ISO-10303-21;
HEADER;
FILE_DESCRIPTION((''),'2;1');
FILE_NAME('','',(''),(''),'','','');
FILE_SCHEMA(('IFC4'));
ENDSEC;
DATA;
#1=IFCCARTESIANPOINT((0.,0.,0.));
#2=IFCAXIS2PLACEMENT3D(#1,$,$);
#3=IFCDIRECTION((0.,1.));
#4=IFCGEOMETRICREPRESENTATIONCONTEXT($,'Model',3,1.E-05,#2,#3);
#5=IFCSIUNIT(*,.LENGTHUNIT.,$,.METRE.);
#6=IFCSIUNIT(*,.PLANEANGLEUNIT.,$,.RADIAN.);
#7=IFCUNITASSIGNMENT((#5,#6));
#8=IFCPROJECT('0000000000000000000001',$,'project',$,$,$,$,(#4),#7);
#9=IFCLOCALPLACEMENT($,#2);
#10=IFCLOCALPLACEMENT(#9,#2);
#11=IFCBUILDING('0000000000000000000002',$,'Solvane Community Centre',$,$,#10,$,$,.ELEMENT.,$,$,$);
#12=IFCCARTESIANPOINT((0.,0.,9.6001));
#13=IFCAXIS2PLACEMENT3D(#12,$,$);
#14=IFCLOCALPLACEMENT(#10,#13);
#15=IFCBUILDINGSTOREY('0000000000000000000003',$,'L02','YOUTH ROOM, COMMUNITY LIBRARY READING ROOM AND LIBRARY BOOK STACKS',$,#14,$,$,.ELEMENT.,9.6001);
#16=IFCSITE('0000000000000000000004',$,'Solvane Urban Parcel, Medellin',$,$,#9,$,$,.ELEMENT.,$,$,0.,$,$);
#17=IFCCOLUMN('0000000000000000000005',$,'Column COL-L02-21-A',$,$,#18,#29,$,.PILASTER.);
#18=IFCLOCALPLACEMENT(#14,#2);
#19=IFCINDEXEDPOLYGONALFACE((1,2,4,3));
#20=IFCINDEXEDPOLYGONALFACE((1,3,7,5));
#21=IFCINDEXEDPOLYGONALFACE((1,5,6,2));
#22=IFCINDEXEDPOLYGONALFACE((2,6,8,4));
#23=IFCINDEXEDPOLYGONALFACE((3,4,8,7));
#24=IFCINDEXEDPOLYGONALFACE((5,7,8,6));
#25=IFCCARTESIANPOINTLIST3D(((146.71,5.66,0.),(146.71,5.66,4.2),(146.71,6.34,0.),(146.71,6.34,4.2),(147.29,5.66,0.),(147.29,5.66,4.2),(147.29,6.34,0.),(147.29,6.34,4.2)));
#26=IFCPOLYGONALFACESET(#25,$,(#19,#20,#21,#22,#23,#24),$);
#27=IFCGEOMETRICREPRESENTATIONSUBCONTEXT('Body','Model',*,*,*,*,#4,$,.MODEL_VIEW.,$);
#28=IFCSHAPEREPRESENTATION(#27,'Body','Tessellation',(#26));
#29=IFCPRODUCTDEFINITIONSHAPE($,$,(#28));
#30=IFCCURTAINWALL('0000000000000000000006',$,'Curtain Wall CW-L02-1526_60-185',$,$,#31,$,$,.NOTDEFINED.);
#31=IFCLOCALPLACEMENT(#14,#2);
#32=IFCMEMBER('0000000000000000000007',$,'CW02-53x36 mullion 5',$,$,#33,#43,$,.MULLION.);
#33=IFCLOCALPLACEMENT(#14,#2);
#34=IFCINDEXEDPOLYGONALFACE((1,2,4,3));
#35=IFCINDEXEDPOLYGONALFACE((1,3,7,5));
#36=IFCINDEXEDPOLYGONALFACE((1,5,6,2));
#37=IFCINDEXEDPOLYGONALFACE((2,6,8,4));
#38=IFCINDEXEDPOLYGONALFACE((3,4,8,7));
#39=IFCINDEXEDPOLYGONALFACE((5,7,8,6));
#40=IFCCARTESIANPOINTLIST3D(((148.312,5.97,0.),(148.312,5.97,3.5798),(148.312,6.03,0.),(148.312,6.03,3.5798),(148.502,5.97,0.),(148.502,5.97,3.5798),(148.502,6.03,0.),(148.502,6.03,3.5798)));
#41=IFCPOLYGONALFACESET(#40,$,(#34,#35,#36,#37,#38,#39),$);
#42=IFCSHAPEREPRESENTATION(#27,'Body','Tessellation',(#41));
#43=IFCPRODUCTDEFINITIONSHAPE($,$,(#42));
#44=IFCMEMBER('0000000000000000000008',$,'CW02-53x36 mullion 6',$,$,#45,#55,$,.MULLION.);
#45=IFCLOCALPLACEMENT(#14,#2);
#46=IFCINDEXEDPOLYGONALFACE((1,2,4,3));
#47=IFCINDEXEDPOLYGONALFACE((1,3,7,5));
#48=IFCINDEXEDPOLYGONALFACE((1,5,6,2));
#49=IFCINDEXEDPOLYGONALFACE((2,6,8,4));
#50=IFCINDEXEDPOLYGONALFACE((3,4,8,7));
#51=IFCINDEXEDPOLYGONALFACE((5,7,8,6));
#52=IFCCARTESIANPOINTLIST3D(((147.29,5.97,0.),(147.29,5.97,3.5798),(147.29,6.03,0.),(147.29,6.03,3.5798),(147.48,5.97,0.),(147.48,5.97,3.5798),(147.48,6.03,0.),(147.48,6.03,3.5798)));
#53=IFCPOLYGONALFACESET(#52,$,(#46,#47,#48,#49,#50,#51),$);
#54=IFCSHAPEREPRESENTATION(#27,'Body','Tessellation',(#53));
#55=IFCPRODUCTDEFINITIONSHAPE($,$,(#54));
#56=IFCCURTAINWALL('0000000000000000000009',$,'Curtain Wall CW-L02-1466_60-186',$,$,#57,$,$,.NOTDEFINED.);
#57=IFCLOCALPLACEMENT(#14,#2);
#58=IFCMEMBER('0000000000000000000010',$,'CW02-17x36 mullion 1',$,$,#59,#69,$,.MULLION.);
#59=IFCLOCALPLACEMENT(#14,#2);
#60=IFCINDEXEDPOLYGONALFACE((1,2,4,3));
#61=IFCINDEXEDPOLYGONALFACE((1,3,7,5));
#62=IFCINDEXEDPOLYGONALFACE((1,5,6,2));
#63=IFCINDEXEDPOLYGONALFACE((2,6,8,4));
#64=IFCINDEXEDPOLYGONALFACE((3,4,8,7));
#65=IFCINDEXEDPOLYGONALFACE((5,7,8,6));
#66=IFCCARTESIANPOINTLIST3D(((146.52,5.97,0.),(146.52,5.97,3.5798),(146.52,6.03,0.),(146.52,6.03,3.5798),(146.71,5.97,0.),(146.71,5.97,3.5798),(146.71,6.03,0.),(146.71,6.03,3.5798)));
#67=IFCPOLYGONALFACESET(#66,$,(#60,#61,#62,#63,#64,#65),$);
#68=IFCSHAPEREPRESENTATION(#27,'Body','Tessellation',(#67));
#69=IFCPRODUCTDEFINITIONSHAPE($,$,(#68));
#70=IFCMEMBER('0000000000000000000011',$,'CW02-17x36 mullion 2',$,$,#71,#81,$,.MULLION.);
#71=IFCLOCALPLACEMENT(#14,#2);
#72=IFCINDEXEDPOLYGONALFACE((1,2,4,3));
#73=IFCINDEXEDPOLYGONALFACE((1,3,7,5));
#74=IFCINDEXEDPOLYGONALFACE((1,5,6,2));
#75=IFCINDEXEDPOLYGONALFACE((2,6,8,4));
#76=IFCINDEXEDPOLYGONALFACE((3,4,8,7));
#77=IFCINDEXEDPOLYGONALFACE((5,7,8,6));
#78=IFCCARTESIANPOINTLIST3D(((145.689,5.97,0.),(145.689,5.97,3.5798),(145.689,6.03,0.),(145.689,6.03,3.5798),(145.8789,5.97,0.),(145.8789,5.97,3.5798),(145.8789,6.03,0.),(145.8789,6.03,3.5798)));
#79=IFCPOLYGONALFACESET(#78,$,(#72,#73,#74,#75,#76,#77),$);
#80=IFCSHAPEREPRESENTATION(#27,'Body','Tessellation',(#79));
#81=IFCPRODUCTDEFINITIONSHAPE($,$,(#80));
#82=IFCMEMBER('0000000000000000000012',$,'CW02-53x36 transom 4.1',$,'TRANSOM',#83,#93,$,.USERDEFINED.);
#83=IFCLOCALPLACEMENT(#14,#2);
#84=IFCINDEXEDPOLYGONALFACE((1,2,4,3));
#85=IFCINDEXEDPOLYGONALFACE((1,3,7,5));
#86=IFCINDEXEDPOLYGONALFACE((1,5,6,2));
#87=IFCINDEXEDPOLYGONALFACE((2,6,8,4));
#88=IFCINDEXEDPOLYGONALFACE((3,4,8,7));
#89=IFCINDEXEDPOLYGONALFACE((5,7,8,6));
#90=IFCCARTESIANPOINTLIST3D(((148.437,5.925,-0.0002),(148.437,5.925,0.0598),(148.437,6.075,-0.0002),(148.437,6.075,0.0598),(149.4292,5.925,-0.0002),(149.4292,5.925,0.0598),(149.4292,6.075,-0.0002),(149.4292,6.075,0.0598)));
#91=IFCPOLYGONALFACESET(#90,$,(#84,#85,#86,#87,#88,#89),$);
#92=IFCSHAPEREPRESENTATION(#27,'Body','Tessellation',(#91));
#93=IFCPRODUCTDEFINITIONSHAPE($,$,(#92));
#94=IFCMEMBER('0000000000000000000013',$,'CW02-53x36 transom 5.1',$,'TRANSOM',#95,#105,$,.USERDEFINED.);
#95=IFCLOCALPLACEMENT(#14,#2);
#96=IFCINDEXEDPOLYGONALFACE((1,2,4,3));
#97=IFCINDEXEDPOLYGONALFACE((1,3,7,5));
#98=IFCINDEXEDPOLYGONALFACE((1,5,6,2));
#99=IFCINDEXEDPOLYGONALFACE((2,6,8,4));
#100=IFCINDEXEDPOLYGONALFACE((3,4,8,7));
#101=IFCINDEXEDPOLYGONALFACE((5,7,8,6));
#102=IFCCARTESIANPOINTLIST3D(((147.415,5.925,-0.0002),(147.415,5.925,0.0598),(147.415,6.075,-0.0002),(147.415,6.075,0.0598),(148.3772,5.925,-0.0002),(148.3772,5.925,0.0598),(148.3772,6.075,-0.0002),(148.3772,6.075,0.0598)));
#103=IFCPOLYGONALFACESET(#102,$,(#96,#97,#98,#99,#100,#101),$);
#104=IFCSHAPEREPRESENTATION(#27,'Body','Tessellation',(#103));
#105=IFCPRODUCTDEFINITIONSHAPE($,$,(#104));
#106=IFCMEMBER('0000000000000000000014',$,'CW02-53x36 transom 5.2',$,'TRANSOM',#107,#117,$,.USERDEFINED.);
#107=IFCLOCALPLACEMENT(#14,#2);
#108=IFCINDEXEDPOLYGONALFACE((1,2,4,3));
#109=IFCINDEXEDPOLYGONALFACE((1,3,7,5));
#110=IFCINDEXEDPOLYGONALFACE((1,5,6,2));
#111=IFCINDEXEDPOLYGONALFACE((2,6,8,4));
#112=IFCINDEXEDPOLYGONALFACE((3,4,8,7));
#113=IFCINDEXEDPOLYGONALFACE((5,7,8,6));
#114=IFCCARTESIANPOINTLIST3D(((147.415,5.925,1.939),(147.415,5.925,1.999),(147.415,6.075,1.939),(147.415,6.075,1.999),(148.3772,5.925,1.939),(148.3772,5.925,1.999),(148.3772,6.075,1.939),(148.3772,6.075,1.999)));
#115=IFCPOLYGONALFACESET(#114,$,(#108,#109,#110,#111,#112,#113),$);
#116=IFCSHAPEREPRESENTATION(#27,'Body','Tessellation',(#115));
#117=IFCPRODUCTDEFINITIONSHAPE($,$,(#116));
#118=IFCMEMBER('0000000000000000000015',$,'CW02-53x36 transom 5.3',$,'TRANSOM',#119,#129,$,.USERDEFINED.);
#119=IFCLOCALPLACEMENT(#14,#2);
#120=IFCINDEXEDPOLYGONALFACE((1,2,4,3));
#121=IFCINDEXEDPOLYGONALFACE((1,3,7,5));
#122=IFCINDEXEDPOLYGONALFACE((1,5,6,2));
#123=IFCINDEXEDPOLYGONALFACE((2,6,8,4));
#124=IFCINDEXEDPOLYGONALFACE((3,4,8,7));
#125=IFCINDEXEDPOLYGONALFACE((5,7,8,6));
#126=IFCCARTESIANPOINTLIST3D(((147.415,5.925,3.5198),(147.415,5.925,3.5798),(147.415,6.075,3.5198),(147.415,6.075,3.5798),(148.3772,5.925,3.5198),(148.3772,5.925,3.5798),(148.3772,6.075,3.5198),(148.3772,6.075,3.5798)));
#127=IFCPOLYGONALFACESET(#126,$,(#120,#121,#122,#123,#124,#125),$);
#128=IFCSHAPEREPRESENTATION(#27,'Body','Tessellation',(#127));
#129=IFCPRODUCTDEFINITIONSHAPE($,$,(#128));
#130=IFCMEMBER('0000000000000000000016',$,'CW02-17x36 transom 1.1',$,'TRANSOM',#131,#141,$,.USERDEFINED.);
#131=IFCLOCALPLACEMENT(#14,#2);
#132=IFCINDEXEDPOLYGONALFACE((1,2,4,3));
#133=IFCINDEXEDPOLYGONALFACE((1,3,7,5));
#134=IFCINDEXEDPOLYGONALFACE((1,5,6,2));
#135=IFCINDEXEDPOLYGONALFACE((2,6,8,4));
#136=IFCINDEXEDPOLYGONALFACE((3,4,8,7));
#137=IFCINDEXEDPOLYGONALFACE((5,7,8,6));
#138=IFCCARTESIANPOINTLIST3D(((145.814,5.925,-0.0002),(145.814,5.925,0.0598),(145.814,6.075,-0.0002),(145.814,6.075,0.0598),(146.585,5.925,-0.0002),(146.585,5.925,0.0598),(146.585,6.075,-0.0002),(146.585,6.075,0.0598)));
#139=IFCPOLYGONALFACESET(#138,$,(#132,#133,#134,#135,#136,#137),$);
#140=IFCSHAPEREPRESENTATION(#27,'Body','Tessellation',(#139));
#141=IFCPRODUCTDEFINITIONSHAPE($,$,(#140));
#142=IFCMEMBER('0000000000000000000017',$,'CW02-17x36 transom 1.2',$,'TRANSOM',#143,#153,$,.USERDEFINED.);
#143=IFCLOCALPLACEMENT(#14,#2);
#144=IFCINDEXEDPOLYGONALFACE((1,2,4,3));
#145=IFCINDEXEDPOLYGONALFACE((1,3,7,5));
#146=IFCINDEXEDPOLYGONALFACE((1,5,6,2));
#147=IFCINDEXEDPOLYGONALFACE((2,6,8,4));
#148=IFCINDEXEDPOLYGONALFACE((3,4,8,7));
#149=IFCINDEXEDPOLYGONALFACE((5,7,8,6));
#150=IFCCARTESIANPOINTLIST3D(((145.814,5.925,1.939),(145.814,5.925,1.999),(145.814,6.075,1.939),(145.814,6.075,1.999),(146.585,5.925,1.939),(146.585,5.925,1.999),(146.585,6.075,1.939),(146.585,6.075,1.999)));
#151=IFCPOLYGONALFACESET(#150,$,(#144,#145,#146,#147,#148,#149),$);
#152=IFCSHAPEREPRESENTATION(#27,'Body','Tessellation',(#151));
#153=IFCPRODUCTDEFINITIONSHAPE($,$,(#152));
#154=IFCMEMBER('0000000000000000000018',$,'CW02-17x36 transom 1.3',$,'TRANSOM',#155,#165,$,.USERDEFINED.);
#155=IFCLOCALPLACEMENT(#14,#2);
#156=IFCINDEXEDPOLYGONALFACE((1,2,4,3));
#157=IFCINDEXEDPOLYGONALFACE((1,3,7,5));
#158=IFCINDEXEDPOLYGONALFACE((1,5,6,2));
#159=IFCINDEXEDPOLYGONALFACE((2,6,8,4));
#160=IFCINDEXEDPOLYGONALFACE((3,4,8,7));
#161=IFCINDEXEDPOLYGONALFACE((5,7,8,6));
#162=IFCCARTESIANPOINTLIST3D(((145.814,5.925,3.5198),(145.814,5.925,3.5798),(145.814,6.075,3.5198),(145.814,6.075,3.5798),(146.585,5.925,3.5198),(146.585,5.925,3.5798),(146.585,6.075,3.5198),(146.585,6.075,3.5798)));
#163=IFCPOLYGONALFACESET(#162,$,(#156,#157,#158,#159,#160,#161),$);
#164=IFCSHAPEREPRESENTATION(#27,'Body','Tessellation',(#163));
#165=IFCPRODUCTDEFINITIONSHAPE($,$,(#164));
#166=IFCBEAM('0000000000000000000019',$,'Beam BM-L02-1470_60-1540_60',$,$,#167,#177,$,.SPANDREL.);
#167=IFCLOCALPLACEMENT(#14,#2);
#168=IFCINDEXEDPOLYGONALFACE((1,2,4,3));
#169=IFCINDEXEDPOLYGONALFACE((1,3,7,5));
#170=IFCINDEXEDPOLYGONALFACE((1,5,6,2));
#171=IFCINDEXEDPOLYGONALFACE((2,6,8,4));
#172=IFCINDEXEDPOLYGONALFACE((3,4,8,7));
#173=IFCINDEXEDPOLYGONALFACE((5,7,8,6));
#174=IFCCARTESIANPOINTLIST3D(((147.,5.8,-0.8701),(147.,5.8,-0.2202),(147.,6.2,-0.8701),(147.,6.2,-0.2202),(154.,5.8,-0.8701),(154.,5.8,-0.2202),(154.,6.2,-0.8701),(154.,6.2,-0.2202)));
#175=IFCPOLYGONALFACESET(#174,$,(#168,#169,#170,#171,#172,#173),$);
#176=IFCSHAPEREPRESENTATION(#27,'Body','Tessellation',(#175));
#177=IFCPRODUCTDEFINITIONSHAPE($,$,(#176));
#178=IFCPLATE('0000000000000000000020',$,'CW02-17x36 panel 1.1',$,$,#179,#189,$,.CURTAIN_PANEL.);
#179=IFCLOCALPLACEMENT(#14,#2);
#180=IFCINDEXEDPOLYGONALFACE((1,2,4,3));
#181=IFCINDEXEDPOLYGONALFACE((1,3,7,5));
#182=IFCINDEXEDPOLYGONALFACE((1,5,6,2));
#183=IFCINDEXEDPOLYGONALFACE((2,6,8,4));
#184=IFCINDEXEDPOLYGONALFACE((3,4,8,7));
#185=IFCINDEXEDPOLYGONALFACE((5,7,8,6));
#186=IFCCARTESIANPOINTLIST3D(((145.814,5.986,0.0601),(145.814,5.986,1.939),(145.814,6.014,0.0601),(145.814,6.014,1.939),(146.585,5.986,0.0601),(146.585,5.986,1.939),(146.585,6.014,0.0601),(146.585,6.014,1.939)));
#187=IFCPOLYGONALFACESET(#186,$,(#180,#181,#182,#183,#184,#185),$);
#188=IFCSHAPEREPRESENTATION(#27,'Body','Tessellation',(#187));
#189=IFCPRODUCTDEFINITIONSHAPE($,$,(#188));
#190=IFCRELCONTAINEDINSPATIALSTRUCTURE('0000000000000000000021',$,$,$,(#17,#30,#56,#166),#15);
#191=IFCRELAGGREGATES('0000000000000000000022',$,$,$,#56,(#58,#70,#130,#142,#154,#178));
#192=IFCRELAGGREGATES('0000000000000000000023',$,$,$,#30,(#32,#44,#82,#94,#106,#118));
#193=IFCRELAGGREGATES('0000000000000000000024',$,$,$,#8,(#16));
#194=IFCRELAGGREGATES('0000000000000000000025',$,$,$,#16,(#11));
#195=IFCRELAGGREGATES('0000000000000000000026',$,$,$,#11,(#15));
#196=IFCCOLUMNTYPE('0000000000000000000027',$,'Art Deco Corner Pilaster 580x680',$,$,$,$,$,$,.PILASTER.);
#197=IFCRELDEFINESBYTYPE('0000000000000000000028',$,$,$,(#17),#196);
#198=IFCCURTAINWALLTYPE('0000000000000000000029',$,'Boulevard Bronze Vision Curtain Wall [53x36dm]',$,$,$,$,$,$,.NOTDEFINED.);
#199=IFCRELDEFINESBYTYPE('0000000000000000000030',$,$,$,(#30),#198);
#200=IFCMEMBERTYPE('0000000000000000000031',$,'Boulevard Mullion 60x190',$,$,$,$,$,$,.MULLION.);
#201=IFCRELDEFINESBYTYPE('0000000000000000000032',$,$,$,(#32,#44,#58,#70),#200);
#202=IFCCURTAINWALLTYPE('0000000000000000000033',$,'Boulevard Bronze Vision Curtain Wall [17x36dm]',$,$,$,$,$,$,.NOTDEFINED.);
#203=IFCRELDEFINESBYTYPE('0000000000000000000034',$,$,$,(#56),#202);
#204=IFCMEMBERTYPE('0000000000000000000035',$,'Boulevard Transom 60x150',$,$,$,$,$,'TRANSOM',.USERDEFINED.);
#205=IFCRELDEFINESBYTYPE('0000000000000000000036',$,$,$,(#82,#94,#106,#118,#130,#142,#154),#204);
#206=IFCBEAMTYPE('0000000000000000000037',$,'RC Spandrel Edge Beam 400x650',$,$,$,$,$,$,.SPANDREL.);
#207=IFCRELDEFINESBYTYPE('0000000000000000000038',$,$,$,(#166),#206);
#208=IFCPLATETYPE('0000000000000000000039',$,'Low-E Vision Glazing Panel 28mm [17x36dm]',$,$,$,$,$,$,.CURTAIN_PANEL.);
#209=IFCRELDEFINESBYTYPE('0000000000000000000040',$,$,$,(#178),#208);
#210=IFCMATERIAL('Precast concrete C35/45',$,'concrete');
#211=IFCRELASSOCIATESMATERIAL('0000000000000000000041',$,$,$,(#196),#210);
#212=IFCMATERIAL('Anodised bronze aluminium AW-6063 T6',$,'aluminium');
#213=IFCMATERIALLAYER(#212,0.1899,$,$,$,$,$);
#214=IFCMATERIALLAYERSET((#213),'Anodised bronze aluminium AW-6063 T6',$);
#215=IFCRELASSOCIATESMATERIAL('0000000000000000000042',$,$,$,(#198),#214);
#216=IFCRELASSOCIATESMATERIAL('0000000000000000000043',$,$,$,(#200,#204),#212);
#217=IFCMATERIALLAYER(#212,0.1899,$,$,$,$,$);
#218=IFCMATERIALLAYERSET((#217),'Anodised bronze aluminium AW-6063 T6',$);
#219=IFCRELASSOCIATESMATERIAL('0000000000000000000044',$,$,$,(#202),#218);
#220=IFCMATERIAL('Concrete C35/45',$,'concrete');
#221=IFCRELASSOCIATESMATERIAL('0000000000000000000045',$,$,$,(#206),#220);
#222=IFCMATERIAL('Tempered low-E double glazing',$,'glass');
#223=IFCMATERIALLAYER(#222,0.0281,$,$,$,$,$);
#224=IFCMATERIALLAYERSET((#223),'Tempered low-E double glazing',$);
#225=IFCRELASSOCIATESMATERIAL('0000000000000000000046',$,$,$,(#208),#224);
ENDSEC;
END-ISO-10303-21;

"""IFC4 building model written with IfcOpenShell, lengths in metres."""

from ifc_helpers import new_model, si_unit, direction, frame, origin, origin_2d, place, context, subcontext, project, spatial, rectangle, extrude, material, layer, layer_set, material_profile, profile_set, type_object, element, aggregate, save


model = new_model("IFC4")

# Units and contexts
model_context = context("Model", 3, precision=1e-05, world=origin(), true_north=direction((0.0, 1.0)))
body_context = subcontext(model_context, "Body", "Model", "MODEL_VIEW")
ifc_project = project(units=[si_unit("LENGTHUNIT", "METRE"), si_unit("PLANEANGLEUNIT", "RADIAN")], contexts=[model_context])

# Site, building, storey
site_placement = place(None, origin())
site = spatial("IfcSite", under=ifc_project, at=site_placement, Name="Solvane Urban Parcel, Medellin", CompositionType="ELEMENT", RefElevation=0.0)
building_placement = place(site_placement, origin())
building = spatial("IfcBuilding", under=site, at=building_placement, Name="Solvane Community Centre", CompositionType="ELEMENT")
storey_placement = place(building_placement, frame((0.0, 0.0, 9.6001)))
storey = spatial("IfcBuildingStorey", under=building, at=storey_placement, Name="L02", Description="YOUTH ROOM, COMMUNITY LIBRARY READING ROOM AND LIBRARY BOOK STACKS", CompositionType="ELEMENT", Elevation=9.6001)

# Column
ifc_material_1 = material(Name="Precast concrete C35/45", Category="concrete")
ifc_material_profile_1 = material_profile(ifc_material_1, rectangle(XDim=0.5801, YDim=0.6799, at=origin_2d()), Name="RC 580x680")
ifc_profile_set_1 = profile_set([ifc_material_profile_1], Name="Precast concrete C35/45")
column_type = type_object("IfcColumnType", Name="Art Deco Corner Pilaster 580x680", PredefinedType="PILASTER", material=ifc_profile_set_1)
column_placement = place(storey_placement, frame((147.0, 6.0, 0.0), z_axis=(0.0, 0.0, 1.0), x_axis=(1.0, 0.0, 0.0)))
element("IfcColumn", 1, at=column_placement, inside=storey, type_object=column_type, Name="Column COL-L02-21-A", PredefinedType="PILASTER", context=body_context, shape_type="SweptSolid", body=[
    extrude(rectangle(XDim=0.5801, YDim=0.6799, at=origin_2d()), origin(), (0.0, 0.0, 1.0), 4.2),
])

# Curtain walls, members
ifc_material_2 = material(Name="Anodised bronze aluminium AW-6063 T6", Category="aluminium")
ifc_layer_1 = layer(ifc_material_2, 0.1899)
ifc_layer_set_1 = layer_set([ifc_layer_1], Name="Anodised bronze aluminium AW-6063 T6")
curtain_wall_type_1 = type_object("IfcCurtainWallType", Name="Boulevard Bronze Vision Curtain Wall [53x36dm]", PredefinedType="NOTDEFINED", material=ifc_layer_set_1)
curtain_wall_1_placement = place(storey_placement, origin())
curtain_wall_1 = element("IfcCurtainWall", 2, at=curtain_wall_1_placement, inside=storey, type_object=curtain_wall_type_1, Name="Curtain Wall CW-L02-1526_60-185", PredefinedType="NOTDEFINED")
ifc_material_profile_2 = material_profile(ifc_material_2, rectangle(XDim=0.0601, YDim=0.1899, at=origin_2d()), Name="CW-M 60x190")
ifc_profile_set_2 = profile_set([ifc_material_profile_2], Name="Anodised bronze aluminium AW-6063 T6")
member_type_1 = type_object("IfcMemberType", Name="Boulevard Mullion 60x190", PredefinedType="MULLION", material=ifc_profile_set_2)
member_1_placement = place(storey_placement, frame((148.407, 6.0, 0.0), z_axis=(0.0, 0.0, 1.0), x_axis=(0.0, -1.0, 0.0)))
member_1 = element("IfcMember", 3, at=member_1_placement, type_object=member_type_1, Name="CW02-53x36 mullion 5", PredefinedType="MULLION", context=body_context, shape_type="SweptSolid", body=[
    extrude(rectangle(XDim=0.0601, YDim=0.1899, at=origin_2d()), origin(), (0.0, 0.0, 1.0), 3.5798),
])
member_2_placement = place(storey_placement, frame((147.385, 6.0, 0.0), z_axis=(0.0, 0.0, 1.0), x_axis=(0.0, -1.0, 0.0)))
member_2 = element("IfcMember", 4, at=member_2_placement, type_object=member_type_1, Name="CW02-53x36 mullion 6", PredefinedType="MULLION", context=body_context, shape_type="SweptSolid", body=[
    extrude(rectangle(XDim=0.0601, YDim=0.1899, at=origin_2d()), origin(), (0.0, 0.0, 1.0), 3.5798),
])
ifc_layer_2 = layer(ifc_material_2, 0.1899)
ifc_layer_set_2 = layer_set([ifc_layer_2], Name="Anodised bronze aluminium AW-6063 T6")
curtain_wall_type_2 = type_object("IfcCurtainWallType", Name="Boulevard Bronze Vision Curtain Wall [17x36dm]", PredefinedType="NOTDEFINED", material=ifc_layer_set_2)
curtain_wall_2_placement = place(storey_placement, origin())
curtain_wall_2 = element("IfcCurtainWall", 5, at=curtain_wall_2_placement, inside=storey, type_object=curtain_wall_type_2, Name="Curtain Wall CW-L02-1466_60-186", PredefinedType="NOTDEFINED")
member_3_placement = place(storey_placement, frame((146.615, 6.0, 0.0), z_axis=(0.0, 0.0, 1.0), x_axis=(0.0, -1.0, 0.0)))
member_3 = element("IfcMember", 6, at=member_3_placement, type_object=member_type_1, Name="CW02-17x36 mullion 1", PredefinedType="MULLION", context=body_context, shape_type="SweptSolid", body=[
    extrude(rectangle(XDim=0.0601, YDim=0.1899, at=origin_2d()), origin(), (0.0, 0.0, 1.0), 3.5798),
])
member_4_placement = place(storey_placement, frame((145.7839, 6.0, 0.0), z_axis=(0.0, 0.0, 1.0), x_axis=(0.0, -1.0, 0.0)))
member_4 = element("IfcMember", 7, at=member_4_placement, type_object=member_type_1, Name="CW02-17x36 mullion 2", PredefinedType="MULLION", context=body_context, shape_type="SweptSolid", body=[
    extrude(rectangle(XDim=0.0601, YDim=0.1899, at=origin_2d()), origin(), (0.0, 0.0, 1.0), 3.5798),
])

# Members
ifc_material_profile_3 = material_profile(ifc_material_2, rectangle(XDim=0.1499, YDim=0.0601, at=origin_2d()), Name="CW-T 60x150")
ifc_profile_set_3 = profile_set([ifc_material_profile_3], Name="Anodised bronze aluminium AW-6063 T6")
member_type_2 = type_object("IfcMemberType", Name="Boulevard Transom 60x150", ElementType="TRANSOM", PredefinedType="USERDEFINED", material=ifc_profile_set_3)
member_5_placement = place(storey_placement, frame((149.4292, 6.0, 0.0298), z_axis=(-1.0, 0.0, 0.0), x_axis=(0.0, -1.0, 0.0)))
member_5 = element("IfcMember", 8, at=member_5_placement, type_object=member_type_2, Name="CW02-53x36 transom 4.1", ObjectType="TRANSOM", PredefinedType="USERDEFINED", context=body_context, shape_type="SweptSolid", body=[
    extrude(rectangle(XDim=0.1499, YDim=0.0601, at=origin_2d()), origin(), (0.0, 0.0, 1.0), 0.9922),
])
member_6_placement = place(storey_placement, frame((148.3772, 6.0, 0.0298), z_axis=(-1.0, 0.0, 0.0), x_axis=(0.0, -1.0, 0.0)))
member_6 = element("IfcMember", 9, at=member_6_placement, type_object=member_type_2, Name="CW02-53x36 transom 5.1", ObjectType="TRANSOM", PredefinedType="USERDEFINED", context=body_context, shape_type="SweptSolid", body=[
    extrude(rectangle(XDim=0.1499, YDim=0.0601, at=origin_2d()), origin(), (0.0, 0.0, 1.0), 0.9622),
])
member_7_placement = place(storey_placement, frame((148.3772, 6.0, 1.969), z_axis=(-1.0, 0.0, 0.0), x_axis=(0.0, -1.0, 0.0)))
member_7 = element("IfcMember", 10, at=member_7_placement, type_object=member_type_2, Name="CW02-53x36 transom 5.2", ObjectType="TRANSOM", PredefinedType="USERDEFINED", context=body_context, shape_type="SweptSolid", body=[
    extrude(rectangle(XDim=0.1499, YDim=0.0601, at=origin_2d()), origin(), (0.0, 0.0, 1.0), 0.9622),
])
member_8_placement = place(storey_placement, frame((148.3772, 6.0, 3.5498), z_axis=(-1.0, 0.0, 0.0), x_axis=(0.0, -1.0, 0.0)))
member_8 = element("IfcMember", 11, at=member_8_placement, type_object=member_type_2, Name="CW02-53x36 transom 5.3", ObjectType="TRANSOM", PredefinedType="USERDEFINED", context=body_context, shape_type="SweptSolid", body=[
    extrude(rectangle(XDim=0.1499, YDim=0.0601, at=origin_2d()), origin(), (0.0, 0.0, 1.0), 0.9622),
])
member_9_placement = place(storey_placement, frame((146.585, 6.0, 0.0298), z_axis=(-1.0, 0.0, 0.0), x_axis=(0.0, -1.0, 0.0)))
member_9 = element("IfcMember", 12, at=member_9_placement, type_object=member_type_2, Name="CW02-17x36 transom 1.1", ObjectType="TRANSOM", PredefinedType="USERDEFINED", context=body_context, shape_type="SweptSolid", body=[
    extrude(rectangle(XDim=0.1499, YDim=0.0601, at=origin_2d()), origin(), (0.0, 0.0, 1.0), 0.771),
])
member_10_placement = place(storey_placement, frame((146.585, 6.0, 1.969), z_axis=(-1.0, 0.0, 0.0), x_axis=(0.0, -1.0, 0.0)))
member_10 = element("IfcMember", 13, at=member_10_placement, type_object=member_type_2, Name="CW02-17x36 transom 1.2", ObjectType="TRANSOM", PredefinedType="USERDEFINED", context=body_context, shape_type="SweptSolid", body=[
    extrude(rectangle(XDim=0.1499, YDim=0.0601, at=origin_2d()), origin(), (0.0, 0.0, 1.0), 0.771),
])
member_11_placement = place(storey_placement, frame((146.585, 6.0, 3.5498), z_axis=(-1.0, 0.0, 0.0), x_axis=(0.0, -1.0, 0.0)))
member_11 = element("IfcMember", 14, at=member_11_placement, type_object=member_type_2, Name="CW02-17x36 transom 1.3", ObjectType="TRANSOM", PredefinedType="USERDEFINED", context=body_context, shape_type="SweptSolid", body=[
    extrude(rectangle(XDim=0.1499, YDim=0.0601, at=origin_2d()), origin(), (0.0, 0.0, 1.0), 0.771),
])

# Beam
ifc_material_3 = material(Name="Concrete C35/45", Category="concrete")
ifc_material_profile_4 = material_profile(ifc_material_3, rectangle(XDim=0.3999, YDim=0.6499, at=origin_2d()), Name="RC 400x650")
ifc_profile_set_4 = profile_set([ifc_material_profile_4], Name="Concrete C35/45")
beam_type = type_object("IfcBeamType", Name="RC Spandrel Edge Beam 400x650", PredefinedType="SPANDREL", material=ifc_profile_set_4)
beam_placement = place(storey_placement, frame((147.0, 6.0, -0.5452), z_axis=(1.0, 0.0, 0.0), x_axis=(0.0, 1.0, 0.0)))
element("IfcBeam", 15, at=beam_placement, inside=storey, type_object=beam_type, Name="Beam BM-L02-1470_60-1540_60", PredefinedType="SPANDREL", context=body_context, shape_type="SweptSolid", body=[
    extrude(rectangle(XDim=0.3999, YDim=0.6499, at=origin_2d()), origin(), (0.0, 0.0, 1.0), 7.0),
])

# Plate
ifc_material_4 = material(Name="Tempered low-E double glazing", Category="glass")
ifc_layer_3 = layer(ifc_material_4, 0.0281)
ifc_layer_set_3 = layer_set([ifc_layer_3], Name="Tempered low-E double glazing")
plate_type_1 = type_object("IfcPlateType", Name="Low-E Vision Glazing Panel 28mm [17x36dm]", PredefinedType="CURTAIN_PANEL", material=ifc_layer_set_3)
plate_1_placement = place(storey_placement, frame((146.1995, 6.0, 0.0601), z_axis=(0.0, 0.0, 1.0), x_axis=(-1.0, 0.0, 0.0)))
plate_1 = element("IfcPlate", 16, at=plate_1_placement, type_object=plate_type_1, Name="CW02-17x36 panel 1.1", PredefinedType="CURTAIN_PANEL", context=body_context, shape_type="SweptSolid", body=[
    extrude(rectangle(XDim=0.771, YDim=0.0281, at=origin_2d()), origin(), (0.0, 0.0, 1.0), 1.8789),
])
aggregate(curtain_wall_2, [member_3, member_4, member_9, member_10, member_11, plate_1])
aggregate(curtain_wall_1, [member_1, member_2, member_5, member_6, member_7, member_8])

save(model, "model.ifc")
